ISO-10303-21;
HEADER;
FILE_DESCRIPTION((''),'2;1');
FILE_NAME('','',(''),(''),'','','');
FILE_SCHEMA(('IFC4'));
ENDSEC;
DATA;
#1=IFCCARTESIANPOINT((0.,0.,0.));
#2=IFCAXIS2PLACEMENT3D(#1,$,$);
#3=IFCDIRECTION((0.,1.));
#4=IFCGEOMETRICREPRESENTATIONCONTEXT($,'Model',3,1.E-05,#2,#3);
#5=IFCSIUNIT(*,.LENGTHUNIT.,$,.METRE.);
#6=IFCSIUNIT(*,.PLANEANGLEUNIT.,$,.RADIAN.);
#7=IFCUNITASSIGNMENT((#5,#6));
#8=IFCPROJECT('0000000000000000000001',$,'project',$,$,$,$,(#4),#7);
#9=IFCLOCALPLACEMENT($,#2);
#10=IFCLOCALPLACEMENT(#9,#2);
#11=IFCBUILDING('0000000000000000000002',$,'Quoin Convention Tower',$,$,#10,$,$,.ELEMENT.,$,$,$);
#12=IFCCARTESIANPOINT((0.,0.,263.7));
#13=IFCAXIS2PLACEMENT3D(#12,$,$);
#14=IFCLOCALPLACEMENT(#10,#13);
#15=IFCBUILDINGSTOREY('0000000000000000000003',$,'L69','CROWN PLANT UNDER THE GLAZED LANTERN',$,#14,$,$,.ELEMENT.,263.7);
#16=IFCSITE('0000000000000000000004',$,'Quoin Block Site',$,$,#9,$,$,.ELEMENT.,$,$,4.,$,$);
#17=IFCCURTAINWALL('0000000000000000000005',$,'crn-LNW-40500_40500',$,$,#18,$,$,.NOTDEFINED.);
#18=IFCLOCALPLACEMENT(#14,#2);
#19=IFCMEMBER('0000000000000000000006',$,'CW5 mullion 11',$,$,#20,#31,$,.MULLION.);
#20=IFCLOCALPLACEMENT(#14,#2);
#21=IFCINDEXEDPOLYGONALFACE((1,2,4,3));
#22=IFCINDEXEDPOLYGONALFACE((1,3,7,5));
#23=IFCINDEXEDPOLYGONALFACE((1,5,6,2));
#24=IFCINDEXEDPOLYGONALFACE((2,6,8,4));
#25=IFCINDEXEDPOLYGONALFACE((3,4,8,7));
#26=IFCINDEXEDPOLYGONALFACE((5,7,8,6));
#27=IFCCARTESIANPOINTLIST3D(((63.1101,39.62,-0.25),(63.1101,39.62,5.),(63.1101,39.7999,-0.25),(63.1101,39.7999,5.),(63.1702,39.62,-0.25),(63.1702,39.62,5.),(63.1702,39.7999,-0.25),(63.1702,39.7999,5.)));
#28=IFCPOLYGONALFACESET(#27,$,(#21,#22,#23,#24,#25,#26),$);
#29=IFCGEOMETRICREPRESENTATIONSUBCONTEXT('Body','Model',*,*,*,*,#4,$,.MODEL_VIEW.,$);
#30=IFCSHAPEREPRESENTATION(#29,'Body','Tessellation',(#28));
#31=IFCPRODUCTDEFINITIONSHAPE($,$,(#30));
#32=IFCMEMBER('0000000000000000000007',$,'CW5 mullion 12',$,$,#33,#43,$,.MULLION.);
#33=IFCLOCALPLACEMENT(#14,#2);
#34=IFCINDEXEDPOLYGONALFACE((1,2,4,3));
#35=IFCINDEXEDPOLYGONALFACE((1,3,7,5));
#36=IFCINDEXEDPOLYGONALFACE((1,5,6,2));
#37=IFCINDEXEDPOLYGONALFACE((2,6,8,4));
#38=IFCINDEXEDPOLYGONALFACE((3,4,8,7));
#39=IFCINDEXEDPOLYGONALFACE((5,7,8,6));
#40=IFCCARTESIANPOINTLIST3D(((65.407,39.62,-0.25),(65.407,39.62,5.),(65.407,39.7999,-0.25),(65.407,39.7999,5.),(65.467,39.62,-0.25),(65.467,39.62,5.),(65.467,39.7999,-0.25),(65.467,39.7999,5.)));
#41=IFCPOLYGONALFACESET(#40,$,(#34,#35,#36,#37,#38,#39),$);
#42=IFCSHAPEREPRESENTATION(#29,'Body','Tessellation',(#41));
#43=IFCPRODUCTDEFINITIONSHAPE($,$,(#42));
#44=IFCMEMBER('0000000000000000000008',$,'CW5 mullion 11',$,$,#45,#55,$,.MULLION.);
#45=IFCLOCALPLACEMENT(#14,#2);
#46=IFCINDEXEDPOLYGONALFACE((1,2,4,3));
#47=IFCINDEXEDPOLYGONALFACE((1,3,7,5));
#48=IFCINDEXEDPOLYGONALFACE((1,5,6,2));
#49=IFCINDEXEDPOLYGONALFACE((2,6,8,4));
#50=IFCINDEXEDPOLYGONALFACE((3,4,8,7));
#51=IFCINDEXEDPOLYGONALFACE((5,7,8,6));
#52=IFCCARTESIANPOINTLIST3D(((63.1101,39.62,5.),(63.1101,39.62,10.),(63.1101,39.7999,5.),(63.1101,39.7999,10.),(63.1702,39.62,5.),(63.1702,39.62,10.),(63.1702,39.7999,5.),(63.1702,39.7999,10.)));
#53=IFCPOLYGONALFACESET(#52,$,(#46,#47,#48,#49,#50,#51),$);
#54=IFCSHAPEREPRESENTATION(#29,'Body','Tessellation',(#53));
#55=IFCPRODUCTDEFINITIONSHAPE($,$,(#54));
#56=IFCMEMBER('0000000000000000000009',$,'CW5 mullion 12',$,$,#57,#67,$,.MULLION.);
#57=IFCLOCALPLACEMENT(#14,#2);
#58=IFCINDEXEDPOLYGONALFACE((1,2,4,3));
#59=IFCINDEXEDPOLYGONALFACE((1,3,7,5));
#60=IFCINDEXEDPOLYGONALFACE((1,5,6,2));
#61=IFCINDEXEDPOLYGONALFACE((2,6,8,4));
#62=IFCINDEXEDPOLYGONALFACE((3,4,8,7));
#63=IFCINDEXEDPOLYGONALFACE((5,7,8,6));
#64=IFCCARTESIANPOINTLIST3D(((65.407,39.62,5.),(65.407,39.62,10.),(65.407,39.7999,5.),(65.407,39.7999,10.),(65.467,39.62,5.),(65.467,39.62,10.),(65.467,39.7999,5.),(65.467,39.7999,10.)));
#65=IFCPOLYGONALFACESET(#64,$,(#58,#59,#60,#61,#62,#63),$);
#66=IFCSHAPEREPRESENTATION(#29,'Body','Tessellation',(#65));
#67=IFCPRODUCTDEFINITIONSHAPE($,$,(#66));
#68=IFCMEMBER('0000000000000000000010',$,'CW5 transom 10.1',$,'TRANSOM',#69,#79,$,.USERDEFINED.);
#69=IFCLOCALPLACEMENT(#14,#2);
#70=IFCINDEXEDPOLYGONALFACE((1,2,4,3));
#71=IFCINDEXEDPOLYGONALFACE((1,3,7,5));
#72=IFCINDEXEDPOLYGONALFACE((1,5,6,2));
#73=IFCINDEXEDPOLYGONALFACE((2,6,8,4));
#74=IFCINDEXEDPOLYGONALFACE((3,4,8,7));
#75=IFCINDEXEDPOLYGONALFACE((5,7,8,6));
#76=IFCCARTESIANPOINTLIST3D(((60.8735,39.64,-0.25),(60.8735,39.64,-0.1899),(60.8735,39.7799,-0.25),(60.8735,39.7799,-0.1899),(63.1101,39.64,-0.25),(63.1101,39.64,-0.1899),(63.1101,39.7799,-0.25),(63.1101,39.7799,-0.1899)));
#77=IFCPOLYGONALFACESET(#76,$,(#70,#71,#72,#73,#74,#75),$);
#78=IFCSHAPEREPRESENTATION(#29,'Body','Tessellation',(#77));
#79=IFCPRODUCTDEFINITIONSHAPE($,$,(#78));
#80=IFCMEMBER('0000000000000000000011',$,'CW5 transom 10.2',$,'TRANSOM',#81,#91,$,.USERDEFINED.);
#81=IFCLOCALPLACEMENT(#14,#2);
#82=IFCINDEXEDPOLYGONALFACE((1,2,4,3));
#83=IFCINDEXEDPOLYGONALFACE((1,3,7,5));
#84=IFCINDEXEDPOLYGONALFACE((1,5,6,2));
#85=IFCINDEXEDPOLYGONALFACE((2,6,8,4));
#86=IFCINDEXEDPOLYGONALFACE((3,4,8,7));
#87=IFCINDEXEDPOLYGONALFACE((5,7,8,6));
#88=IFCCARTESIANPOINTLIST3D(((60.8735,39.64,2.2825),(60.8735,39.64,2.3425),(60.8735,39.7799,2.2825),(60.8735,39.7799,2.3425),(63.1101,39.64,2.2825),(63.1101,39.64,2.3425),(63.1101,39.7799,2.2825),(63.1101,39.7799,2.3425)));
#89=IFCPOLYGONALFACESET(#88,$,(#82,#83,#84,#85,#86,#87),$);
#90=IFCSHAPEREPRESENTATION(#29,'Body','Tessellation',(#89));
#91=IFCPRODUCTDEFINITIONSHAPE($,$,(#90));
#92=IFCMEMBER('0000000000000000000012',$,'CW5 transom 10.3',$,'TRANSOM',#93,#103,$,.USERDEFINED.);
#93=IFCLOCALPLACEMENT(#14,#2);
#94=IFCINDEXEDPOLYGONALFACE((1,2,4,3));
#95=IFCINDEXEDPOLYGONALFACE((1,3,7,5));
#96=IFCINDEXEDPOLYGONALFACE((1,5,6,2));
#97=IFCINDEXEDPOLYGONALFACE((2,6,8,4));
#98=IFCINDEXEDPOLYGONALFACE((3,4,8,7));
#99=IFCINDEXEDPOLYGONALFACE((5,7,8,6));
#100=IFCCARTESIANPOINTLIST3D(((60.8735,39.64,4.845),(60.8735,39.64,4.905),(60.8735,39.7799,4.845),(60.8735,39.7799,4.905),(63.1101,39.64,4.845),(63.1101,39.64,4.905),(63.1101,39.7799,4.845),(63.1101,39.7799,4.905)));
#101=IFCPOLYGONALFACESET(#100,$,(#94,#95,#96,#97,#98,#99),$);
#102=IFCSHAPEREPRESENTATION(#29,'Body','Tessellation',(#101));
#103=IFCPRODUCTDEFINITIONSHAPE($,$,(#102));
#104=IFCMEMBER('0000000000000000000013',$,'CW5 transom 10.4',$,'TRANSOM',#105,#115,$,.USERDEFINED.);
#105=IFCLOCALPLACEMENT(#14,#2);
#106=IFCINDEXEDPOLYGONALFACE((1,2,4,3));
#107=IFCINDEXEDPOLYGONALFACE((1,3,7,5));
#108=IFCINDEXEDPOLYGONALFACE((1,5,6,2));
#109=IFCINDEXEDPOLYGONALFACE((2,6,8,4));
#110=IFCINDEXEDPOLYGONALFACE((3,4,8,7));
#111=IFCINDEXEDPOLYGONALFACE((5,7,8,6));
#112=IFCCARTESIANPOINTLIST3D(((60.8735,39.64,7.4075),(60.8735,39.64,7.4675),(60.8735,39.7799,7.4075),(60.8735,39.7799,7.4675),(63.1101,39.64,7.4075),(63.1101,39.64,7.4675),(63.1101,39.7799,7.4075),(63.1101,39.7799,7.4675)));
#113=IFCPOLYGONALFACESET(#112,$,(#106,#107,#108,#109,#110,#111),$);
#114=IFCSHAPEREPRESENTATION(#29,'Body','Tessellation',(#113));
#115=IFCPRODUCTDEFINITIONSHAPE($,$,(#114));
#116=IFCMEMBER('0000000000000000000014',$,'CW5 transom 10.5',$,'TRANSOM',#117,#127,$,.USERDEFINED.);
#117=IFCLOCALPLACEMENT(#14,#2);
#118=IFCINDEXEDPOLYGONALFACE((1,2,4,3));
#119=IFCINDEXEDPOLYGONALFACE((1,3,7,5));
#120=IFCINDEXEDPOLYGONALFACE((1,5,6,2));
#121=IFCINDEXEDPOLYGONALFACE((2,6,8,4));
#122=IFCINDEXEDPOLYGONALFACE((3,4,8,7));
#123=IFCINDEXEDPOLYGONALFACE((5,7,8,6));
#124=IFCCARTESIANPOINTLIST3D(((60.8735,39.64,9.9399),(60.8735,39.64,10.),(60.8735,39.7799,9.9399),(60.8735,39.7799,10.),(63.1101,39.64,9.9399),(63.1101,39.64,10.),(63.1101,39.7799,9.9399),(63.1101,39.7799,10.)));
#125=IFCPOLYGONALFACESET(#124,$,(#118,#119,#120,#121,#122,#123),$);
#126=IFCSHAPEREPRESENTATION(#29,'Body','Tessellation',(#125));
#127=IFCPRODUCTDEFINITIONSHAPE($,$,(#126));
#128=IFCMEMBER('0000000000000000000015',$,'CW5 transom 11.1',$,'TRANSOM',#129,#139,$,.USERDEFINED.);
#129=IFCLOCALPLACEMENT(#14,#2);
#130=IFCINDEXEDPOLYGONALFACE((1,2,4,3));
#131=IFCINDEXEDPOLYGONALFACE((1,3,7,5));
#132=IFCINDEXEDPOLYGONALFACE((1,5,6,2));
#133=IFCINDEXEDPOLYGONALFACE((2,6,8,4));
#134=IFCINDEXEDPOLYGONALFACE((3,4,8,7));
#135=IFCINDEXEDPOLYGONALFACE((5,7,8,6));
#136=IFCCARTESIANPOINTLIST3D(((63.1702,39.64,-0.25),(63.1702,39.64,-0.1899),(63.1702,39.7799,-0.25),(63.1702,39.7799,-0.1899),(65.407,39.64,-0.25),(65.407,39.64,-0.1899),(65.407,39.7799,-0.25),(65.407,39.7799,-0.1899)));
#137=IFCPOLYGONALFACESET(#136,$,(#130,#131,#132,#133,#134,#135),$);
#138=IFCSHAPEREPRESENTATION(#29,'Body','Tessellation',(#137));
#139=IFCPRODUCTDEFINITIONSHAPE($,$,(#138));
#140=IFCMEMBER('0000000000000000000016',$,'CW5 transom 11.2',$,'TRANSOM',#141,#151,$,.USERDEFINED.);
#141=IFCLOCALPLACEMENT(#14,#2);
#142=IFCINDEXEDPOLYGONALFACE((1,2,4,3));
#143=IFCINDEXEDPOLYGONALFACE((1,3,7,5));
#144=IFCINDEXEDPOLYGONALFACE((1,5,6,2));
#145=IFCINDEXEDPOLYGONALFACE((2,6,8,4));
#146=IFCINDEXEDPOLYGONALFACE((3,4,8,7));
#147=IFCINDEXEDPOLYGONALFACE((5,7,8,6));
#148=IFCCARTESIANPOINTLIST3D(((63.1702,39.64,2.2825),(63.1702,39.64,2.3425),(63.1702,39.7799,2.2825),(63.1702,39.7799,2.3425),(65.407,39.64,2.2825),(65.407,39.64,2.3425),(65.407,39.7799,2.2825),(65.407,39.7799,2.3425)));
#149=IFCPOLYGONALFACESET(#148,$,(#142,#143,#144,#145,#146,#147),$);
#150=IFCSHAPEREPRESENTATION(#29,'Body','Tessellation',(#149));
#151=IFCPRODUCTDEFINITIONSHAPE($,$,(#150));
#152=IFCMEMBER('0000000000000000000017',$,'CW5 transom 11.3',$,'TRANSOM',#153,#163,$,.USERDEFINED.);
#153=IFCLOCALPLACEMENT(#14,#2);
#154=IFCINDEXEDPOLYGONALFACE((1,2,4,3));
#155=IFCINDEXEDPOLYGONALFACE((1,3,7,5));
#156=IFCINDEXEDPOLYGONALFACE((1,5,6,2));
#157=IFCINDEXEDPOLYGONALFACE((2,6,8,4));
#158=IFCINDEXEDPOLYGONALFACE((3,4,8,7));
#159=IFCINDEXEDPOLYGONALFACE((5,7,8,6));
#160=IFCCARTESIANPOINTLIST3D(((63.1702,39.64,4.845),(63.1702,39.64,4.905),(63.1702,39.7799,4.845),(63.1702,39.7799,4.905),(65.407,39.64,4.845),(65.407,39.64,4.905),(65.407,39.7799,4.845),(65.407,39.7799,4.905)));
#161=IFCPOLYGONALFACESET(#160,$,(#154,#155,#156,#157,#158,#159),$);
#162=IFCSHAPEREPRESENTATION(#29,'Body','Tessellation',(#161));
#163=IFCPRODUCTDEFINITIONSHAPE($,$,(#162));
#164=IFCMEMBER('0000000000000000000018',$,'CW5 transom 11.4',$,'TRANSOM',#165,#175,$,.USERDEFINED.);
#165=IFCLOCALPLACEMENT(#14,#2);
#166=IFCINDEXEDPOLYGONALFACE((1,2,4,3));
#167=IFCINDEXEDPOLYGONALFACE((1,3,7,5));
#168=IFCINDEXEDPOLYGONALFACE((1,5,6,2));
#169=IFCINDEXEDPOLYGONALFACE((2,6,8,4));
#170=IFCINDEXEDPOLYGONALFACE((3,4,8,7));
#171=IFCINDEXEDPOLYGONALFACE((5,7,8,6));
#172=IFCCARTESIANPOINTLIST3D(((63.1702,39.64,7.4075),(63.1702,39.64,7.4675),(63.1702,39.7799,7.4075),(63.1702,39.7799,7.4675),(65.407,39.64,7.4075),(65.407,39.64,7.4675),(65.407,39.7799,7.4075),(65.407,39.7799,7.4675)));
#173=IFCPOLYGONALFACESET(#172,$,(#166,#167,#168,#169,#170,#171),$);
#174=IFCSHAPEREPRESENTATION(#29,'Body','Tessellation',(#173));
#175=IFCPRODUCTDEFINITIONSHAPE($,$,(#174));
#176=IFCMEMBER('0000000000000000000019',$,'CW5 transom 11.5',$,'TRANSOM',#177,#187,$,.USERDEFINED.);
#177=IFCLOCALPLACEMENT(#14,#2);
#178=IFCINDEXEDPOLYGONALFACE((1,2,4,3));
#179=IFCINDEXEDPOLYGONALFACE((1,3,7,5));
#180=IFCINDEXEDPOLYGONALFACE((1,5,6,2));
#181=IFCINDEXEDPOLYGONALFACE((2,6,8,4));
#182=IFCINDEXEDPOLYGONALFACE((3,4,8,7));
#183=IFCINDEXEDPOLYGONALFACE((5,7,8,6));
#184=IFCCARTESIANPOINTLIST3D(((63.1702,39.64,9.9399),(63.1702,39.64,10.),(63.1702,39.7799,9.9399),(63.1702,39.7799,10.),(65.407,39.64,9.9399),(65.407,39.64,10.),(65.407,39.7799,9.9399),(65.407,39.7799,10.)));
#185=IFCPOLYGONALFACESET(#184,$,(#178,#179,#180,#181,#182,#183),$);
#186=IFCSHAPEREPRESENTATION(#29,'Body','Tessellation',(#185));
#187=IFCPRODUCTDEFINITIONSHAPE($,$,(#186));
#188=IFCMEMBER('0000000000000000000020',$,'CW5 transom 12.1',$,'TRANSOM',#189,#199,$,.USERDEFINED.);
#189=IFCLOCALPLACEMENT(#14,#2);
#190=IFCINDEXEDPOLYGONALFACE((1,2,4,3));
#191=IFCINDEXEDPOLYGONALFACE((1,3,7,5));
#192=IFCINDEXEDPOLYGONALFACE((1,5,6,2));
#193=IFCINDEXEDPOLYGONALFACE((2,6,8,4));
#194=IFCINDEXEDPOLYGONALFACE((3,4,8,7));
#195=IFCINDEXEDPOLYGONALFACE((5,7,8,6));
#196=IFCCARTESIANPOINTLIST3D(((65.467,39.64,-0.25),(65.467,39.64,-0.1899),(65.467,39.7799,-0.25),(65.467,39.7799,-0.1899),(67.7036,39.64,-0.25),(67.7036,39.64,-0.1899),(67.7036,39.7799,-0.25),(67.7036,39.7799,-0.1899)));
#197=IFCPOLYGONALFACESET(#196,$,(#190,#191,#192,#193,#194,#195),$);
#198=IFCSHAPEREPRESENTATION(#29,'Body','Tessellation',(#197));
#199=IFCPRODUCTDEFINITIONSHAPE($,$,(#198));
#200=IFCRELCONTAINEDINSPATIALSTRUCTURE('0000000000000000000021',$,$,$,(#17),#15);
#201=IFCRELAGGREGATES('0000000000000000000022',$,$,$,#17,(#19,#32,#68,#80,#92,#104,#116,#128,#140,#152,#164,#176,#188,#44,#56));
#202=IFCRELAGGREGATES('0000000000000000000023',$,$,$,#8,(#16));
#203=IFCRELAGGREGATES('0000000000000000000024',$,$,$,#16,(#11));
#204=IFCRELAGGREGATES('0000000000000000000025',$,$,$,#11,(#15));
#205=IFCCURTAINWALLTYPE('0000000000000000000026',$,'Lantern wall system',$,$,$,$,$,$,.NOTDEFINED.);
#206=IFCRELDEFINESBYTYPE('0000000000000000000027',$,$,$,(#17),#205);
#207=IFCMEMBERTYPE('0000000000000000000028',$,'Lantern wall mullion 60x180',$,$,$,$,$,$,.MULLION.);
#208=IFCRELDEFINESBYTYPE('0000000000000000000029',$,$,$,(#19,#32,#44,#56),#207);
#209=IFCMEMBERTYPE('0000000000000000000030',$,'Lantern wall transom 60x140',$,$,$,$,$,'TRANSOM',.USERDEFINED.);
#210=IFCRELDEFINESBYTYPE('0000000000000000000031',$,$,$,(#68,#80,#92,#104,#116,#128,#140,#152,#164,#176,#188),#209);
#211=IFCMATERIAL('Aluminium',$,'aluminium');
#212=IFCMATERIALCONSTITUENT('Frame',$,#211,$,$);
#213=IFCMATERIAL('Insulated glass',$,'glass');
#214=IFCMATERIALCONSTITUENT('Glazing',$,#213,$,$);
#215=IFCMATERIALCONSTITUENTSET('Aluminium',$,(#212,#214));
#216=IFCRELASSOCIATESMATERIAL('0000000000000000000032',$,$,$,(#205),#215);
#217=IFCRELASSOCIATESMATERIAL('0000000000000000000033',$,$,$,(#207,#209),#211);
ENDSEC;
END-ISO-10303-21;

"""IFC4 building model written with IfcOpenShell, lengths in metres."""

from ifc_helpers import new_model, si_unit, direction, frame, origin, origin_2d, place, context, subcontext, project, spatial, rectangle, extrude, material, constituent, constituent_set, material_profile, profile_set, type_object, element, aggregate, save


model = new_model("IFC4")

# Units and contexts
model_context = context("Model", 3, precision=1e-05, world=origin(), true_north=direction((0.0, 1.0)))
body_context = subcontext(model_context, "Body", "Model", "MODEL_VIEW")
ifc_project = project(units=[si_unit("LENGTHUNIT", "METRE"), si_unit("PLANEANGLEUNIT", "RADIAN")], contexts=[model_context])

# Site, building, storey
site_placement = place(None, origin())
site = spatial("IfcSite", under=ifc_project, at=site_placement, Name="Quoin Block Site", CompositionType="ELEMENT", RefElevation=4.0)
building_placement = place(site_placement, origin())
building = spatial("IfcBuilding", under=site, at=building_placement, Name="Quoin Convention Tower", CompositionType="ELEMENT")
storey_placement = place(building_placement, frame((0.0, 0.0, 263.7)))
storey = spatial("IfcBuildingStorey", under=building, at=storey_placement, Name="L69", Description="CROWN PLANT UNDER THE GLAZED LANTERN", CompositionType="ELEMENT", Elevation=263.7)

# Curtain wall, members
ifc_material_1 = material(Name="Aluminium", Category="aluminium")
ifc_constituent_1 = constituent(ifc_material_1, Name="Frame")
ifc_material_2 = material(Name="Insulated glass", Category="glass")
ifc_constituent_2 = constituent(ifc_material_2, Name="Glazing")
ifc_constituent_set = constituent_set(constituents=[ifc_constituent_1, ifc_constituent_2], Name="Aluminium")
curtain_wall_type = type_object("IfcCurtainWallType", Name="Lantern wall system", PredefinedType="NOTDEFINED", material=ifc_constituent_set)
curtain_wall_placement = place(storey_placement, origin())
curtain_wall = element("IfcCurtainWall", 1, at=curtain_wall_placement, inside=storey, type_object=curtain_wall_type, Name="crn-LNW-40500_40500", PredefinedType="NOTDEFINED")
ifc_material_profile_1 = material_profile(ifc_material_1, rectangle(XDim=0.1799, YDim=0.0601, at=origin_2d()), Name="Lantern wall mullion 60x180")
ifc_profile_set_1 = profile_set([ifc_material_profile_1], Name="Aluminium")
member_type_1 = type_object("IfcMemberType", Name="Lantern wall mullion 60x180", PredefinedType="MULLION", material=ifc_profile_set_1)
member_1_placement = place(storey_placement, frame((63.1401, 39.71, -0.25), z_axis=(0.0, 0.0, 1.0), x_axis=(0.0, 1.0, 0.0)))
member_1 = element("IfcMember", 2, at=member_1_placement, type_object=member_type_1, Name="CW5 mullion 11", PredefinedType="MULLION", context=body_context, shape_type="SweptSolid", body=[
    extrude(rectangle(XDim=0.1799, YDim=0.0601, at=origin_2d()), origin(), (0.0, 0.0, 1.0), 5.25),
])
member_2_placement = place(storey_placement, frame((65.437, 39.71, -0.25), z_axis=(0.0, 0.0, 1.0), x_axis=(0.0, 1.0, 0.0)))
member_2 = element("IfcMember", 3, at=member_2_placement, type_object=member_type_1, Name="CW5 mullion 12", PredefinedType="MULLION", context=body_context, shape_type="SweptSolid", body=[
    extrude(rectangle(XDim=0.1799, YDim=0.0601, at=origin_2d()), origin(), (0.0, 0.0, 1.0), 5.25),
])
member_3_placement = place(storey_placement, frame((63.1401, 39.71, 5.0), z_axis=(0.0, 0.0, 1.0), x_axis=(0.0, 1.0, 0.0)))
member_3 = element("IfcMember", 4, at=member_3_placement, type_object=member_type_1, Name="CW5 mullion 11", PredefinedType="MULLION", context=body_context, shape_type="SweptSolid", body=[
    extrude(rectangle(XDim=0.1799, YDim=0.0601, at=origin_2d()), origin(), (0.0, 0.0, 1.0), 5.0),
])
member_4_placement = place(storey_placement, frame((65.437, 39.71, 5.0), z_axis=(0.0, 0.0, 1.0), x_axis=(0.0, 1.0, 0.0)))
member_4 = element("IfcMember", 5, at=member_4_placement, type_object=member_type_1, Name="CW5 mullion 12", PredefinedType="MULLION", context=body_context, shape_type="SweptSolid", body=[
    extrude(rectangle(XDim=0.1799, YDim=0.0601, at=origin_2d()), origin(), (0.0, 0.0, 1.0), 5.0),
])
ifc_material_profile_2 = material_profile(ifc_material_1, rectangle(XDim=0.1399, YDim=0.0601, at=origin_2d()), Name="Lantern wall transom 60x140")
ifc_profile_set_2 = profile_set([ifc_material_profile_2], Name="Aluminium")
member_type_2 = type_object("IfcMemberType", Name="Lantern wall transom 60x140", ElementType="TRANSOM", PredefinedType="USERDEFINED", material=ifc_profile_set_2)
member_5_placement = place(storey_placement, frame((60.8735, 39.71, -0.22), z_axis=(1.0, 0.0, 0.0), x_axis=(0.0, 1.0, 0.0)))
member_5 = element("IfcMember", 6, at=member_5_placement, type_object=member_type_2, Name="CW5 transom 10.1", ObjectType="TRANSOM", PredefinedType="USERDEFINED", context=body_context, shape_type="SweptSolid", body=[
    extrude(rectangle(XDim=0.1399, YDim=0.0601, at=origin_2d()), origin(), (0.0, 0.0, 1.0), 2.2366),
])
member_6_placement = place(storey_placement, frame((60.8735, 39.71, 2.3125), z_axis=(1.0, 0.0, 0.0), x_axis=(0.0, 1.0, 0.0)))
member_6 = element("IfcMember", 7, at=member_6_placement, type_object=member_type_2, Name="CW5 transom 10.2", ObjectType="TRANSOM", PredefinedType="USERDEFINED", context=body_context, shape_type="SweptSolid", body=[
    extrude(rectangle(XDim=0.1399, YDim=0.0601, at=origin_2d()), origin(), (0.0, 0.0, 1.0), 2.2366),
])
member_7_placement = place(storey_placement, frame((60.8735, 39.71, 4.875), z_axis=(1.0, 0.0, 0.0), x_axis=(0.0, 1.0, 0.0)))
member_7 = element("IfcMember", 8, at=member_7_placement, type_object=member_type_2, Name="CW5 transom 10.3", ObjectType="TRANSOM", PredefinedType="USERDEFINED", context=body_context, shape_type="SweptSolid", body=[
    extrude(rectangle(XDim=0.1399, YDim=0.0601, at=origin_2d()), origin(), (0.0, 0.0, 1.0), 2.2366),
])
member_8_placement = place(storey_placement, frame((60.8735, 39.71, 7.4375), z_axis=(1.0, 0.0, 0.0), x_axis=(0.0, 1.0, 0.0)))
member_8 = element("IfcMember", 9, at=member_8_placement, type_object=member_type_2, Name="CW5 transom 10.4", ObjectType="TRANSOM", PredefinedType="USERDEFINED", context=body_context, shape_type="SweptSolid", body=[
    extrude(rectangle(XDim=0.1399, YDim=0.0601, at=origin_2d()), origin(), (0.0, 0.0, 1.0), 2.2366),
])
member_9_placement = place(storey_placement, frame((60.8735, 39.71, 9.97), z_axis=(1.0, 0.0, 0.0), x_axis=(0.0, 1.0, 0.0)))
member_9 = element("IfcMember", 10, at=member_9_placement, type_object=member_type_2, Name="CW5 transom 10.5", ObjectType="TRANSOM", PredefinedType="USERDEFINED", context=body_context, shape_type="SweptSolid", body=[
    extrude(rectangle(XDim=0.1399, YDim=0.0601, at=origin_2d()), origin(), (0.0, 0.0, 1.0), 2.2366),
])
member_10_placement = place(storey_placement, frame((63.1702, 39.71, -0.22), z_axis=(1.0, 0.0, 0.0), x_axis=(0.0, 1.0, 0.0)))
member_10 = element("IfcMember", 11, at=member_10_placement, type_object=member_type_2, Name="CW5 transom 11.1", ObjectType="TRANSOM", PredefinedType="USERDEFINED", context=body_context, shape_type="SweptSolid", body=[
    extrude(rectangle(XDim=0.1399, YDim=0.0601, at=origin_2d()), origin(), (0.0, 0.0, 1.0), 2.2368),
])
member_11_placement = place(storey_placement, frame((63.1702, 39.71, 2.3125), z_axis=(1.0, 0.0, 0.0), x_axis=(0.0, 1.0, 0.0)))
member_11 = element("IfcMember", 12, at=member_11_placement, type_object=member_type_2, Name="CW5 transom 11.2", ObjectType="TRANSOM", PredefinedType="USERDEFINED", context=body_context, shape_type="SweptSolid", body=[
    extrude(rectangle(XDim=0.1399, YDim=0.0601, at=origin_2d()), origin(), (0.0, 0.0, 1.0), 2.2368),
])
member_12_placement = place(storey_placement, frame((63.1702, 39.71, 4.875), z_axis=(1.0, 0.0, 0.0), x_axis=(0.0, 1.0, 0.0)))
member_12 = element("IfcMember", 13, at=member_12_placement, type_object=member_type_2, Name="CW5 transom 11.3", ObjectType="TRANSOM", PredefinedType="USERDEFINED", context=body_context, shape_type="SweptSolid", body=[
    extrude(rectangle(XDim=0.1399, YDim=0.0601, at=origin_2d()), origin(), (0.0, 0.0, 1.0), 2.2368),
])
member_13_placement = place(storey_placement, frame((63.1702, 39.71, 7.4375), z_axis=(1.0, 0.0, 0.0), x_axis=(0.0, 1.0, 0.0)))
member_13 = element("IfcMember", 14, at=member_13_placement, type_object=member_type_2, Name="CW5 transom 11.4", ObjectType="TRANSOM", PredefinedType="USERDEFINED", context=body_context, shape_type="SweptSolid", body=[
    extrude(rectangle(XDim=0.1399, YDim=0.0601, at=origin_2d()), origin(), (0.0, 0.0, 1.0), 2.2368),
])
member_14_placement = place(storey_placement, frame((63.1702, 39.71, 9.97), z_axis=(1.0, 0.0, 0.0), x_axis=(0.0, 1.0, 0.0)))
member_14 = element("IfcMember", 15, at=member_14_placement, type_object=member_type_2, Name="CW5 transom 11.5", ObjectType="TRANSOM", PredefinedType="USERDEFINED", context=body_context, shape_type="SweptSolid", body=[
    extrude(rectangle(XDim=0.1399, YDim=0.0601, at=origin_2d()), origin(), (0.0, 0.0, 1.0), 2.2368),
])
member_15_placement = place(storey_placement, frame((65.467, 39.71, -0.22), z_axis=(1.0, 0.0, 0.0), x_axis=(0.0, 1.0, 0.0)))
member_15 = element("IfcMember", 16, at=member_15_placement, type_object=member_type_2, Name="CW5 transom 12.1", ObjectType="TRANSOM", PredefinedType="USERDEFINED", context=body_context, shape_type="SweptSolid", body=[
    extrude(rectangle(XDim=0.1399, YDim=0.0601, at=origin_2d()), origin(), (0.0, 0.0, 1.0), 2.2366),
])
aggregate(curtain_wall, [member_1, member_2, member_5, member_6, member_7, member_8, member_9, member_10, member_11, member_12, member_13, member_14, member_15, member_3, member_4])

save(model, "model.ifc")
